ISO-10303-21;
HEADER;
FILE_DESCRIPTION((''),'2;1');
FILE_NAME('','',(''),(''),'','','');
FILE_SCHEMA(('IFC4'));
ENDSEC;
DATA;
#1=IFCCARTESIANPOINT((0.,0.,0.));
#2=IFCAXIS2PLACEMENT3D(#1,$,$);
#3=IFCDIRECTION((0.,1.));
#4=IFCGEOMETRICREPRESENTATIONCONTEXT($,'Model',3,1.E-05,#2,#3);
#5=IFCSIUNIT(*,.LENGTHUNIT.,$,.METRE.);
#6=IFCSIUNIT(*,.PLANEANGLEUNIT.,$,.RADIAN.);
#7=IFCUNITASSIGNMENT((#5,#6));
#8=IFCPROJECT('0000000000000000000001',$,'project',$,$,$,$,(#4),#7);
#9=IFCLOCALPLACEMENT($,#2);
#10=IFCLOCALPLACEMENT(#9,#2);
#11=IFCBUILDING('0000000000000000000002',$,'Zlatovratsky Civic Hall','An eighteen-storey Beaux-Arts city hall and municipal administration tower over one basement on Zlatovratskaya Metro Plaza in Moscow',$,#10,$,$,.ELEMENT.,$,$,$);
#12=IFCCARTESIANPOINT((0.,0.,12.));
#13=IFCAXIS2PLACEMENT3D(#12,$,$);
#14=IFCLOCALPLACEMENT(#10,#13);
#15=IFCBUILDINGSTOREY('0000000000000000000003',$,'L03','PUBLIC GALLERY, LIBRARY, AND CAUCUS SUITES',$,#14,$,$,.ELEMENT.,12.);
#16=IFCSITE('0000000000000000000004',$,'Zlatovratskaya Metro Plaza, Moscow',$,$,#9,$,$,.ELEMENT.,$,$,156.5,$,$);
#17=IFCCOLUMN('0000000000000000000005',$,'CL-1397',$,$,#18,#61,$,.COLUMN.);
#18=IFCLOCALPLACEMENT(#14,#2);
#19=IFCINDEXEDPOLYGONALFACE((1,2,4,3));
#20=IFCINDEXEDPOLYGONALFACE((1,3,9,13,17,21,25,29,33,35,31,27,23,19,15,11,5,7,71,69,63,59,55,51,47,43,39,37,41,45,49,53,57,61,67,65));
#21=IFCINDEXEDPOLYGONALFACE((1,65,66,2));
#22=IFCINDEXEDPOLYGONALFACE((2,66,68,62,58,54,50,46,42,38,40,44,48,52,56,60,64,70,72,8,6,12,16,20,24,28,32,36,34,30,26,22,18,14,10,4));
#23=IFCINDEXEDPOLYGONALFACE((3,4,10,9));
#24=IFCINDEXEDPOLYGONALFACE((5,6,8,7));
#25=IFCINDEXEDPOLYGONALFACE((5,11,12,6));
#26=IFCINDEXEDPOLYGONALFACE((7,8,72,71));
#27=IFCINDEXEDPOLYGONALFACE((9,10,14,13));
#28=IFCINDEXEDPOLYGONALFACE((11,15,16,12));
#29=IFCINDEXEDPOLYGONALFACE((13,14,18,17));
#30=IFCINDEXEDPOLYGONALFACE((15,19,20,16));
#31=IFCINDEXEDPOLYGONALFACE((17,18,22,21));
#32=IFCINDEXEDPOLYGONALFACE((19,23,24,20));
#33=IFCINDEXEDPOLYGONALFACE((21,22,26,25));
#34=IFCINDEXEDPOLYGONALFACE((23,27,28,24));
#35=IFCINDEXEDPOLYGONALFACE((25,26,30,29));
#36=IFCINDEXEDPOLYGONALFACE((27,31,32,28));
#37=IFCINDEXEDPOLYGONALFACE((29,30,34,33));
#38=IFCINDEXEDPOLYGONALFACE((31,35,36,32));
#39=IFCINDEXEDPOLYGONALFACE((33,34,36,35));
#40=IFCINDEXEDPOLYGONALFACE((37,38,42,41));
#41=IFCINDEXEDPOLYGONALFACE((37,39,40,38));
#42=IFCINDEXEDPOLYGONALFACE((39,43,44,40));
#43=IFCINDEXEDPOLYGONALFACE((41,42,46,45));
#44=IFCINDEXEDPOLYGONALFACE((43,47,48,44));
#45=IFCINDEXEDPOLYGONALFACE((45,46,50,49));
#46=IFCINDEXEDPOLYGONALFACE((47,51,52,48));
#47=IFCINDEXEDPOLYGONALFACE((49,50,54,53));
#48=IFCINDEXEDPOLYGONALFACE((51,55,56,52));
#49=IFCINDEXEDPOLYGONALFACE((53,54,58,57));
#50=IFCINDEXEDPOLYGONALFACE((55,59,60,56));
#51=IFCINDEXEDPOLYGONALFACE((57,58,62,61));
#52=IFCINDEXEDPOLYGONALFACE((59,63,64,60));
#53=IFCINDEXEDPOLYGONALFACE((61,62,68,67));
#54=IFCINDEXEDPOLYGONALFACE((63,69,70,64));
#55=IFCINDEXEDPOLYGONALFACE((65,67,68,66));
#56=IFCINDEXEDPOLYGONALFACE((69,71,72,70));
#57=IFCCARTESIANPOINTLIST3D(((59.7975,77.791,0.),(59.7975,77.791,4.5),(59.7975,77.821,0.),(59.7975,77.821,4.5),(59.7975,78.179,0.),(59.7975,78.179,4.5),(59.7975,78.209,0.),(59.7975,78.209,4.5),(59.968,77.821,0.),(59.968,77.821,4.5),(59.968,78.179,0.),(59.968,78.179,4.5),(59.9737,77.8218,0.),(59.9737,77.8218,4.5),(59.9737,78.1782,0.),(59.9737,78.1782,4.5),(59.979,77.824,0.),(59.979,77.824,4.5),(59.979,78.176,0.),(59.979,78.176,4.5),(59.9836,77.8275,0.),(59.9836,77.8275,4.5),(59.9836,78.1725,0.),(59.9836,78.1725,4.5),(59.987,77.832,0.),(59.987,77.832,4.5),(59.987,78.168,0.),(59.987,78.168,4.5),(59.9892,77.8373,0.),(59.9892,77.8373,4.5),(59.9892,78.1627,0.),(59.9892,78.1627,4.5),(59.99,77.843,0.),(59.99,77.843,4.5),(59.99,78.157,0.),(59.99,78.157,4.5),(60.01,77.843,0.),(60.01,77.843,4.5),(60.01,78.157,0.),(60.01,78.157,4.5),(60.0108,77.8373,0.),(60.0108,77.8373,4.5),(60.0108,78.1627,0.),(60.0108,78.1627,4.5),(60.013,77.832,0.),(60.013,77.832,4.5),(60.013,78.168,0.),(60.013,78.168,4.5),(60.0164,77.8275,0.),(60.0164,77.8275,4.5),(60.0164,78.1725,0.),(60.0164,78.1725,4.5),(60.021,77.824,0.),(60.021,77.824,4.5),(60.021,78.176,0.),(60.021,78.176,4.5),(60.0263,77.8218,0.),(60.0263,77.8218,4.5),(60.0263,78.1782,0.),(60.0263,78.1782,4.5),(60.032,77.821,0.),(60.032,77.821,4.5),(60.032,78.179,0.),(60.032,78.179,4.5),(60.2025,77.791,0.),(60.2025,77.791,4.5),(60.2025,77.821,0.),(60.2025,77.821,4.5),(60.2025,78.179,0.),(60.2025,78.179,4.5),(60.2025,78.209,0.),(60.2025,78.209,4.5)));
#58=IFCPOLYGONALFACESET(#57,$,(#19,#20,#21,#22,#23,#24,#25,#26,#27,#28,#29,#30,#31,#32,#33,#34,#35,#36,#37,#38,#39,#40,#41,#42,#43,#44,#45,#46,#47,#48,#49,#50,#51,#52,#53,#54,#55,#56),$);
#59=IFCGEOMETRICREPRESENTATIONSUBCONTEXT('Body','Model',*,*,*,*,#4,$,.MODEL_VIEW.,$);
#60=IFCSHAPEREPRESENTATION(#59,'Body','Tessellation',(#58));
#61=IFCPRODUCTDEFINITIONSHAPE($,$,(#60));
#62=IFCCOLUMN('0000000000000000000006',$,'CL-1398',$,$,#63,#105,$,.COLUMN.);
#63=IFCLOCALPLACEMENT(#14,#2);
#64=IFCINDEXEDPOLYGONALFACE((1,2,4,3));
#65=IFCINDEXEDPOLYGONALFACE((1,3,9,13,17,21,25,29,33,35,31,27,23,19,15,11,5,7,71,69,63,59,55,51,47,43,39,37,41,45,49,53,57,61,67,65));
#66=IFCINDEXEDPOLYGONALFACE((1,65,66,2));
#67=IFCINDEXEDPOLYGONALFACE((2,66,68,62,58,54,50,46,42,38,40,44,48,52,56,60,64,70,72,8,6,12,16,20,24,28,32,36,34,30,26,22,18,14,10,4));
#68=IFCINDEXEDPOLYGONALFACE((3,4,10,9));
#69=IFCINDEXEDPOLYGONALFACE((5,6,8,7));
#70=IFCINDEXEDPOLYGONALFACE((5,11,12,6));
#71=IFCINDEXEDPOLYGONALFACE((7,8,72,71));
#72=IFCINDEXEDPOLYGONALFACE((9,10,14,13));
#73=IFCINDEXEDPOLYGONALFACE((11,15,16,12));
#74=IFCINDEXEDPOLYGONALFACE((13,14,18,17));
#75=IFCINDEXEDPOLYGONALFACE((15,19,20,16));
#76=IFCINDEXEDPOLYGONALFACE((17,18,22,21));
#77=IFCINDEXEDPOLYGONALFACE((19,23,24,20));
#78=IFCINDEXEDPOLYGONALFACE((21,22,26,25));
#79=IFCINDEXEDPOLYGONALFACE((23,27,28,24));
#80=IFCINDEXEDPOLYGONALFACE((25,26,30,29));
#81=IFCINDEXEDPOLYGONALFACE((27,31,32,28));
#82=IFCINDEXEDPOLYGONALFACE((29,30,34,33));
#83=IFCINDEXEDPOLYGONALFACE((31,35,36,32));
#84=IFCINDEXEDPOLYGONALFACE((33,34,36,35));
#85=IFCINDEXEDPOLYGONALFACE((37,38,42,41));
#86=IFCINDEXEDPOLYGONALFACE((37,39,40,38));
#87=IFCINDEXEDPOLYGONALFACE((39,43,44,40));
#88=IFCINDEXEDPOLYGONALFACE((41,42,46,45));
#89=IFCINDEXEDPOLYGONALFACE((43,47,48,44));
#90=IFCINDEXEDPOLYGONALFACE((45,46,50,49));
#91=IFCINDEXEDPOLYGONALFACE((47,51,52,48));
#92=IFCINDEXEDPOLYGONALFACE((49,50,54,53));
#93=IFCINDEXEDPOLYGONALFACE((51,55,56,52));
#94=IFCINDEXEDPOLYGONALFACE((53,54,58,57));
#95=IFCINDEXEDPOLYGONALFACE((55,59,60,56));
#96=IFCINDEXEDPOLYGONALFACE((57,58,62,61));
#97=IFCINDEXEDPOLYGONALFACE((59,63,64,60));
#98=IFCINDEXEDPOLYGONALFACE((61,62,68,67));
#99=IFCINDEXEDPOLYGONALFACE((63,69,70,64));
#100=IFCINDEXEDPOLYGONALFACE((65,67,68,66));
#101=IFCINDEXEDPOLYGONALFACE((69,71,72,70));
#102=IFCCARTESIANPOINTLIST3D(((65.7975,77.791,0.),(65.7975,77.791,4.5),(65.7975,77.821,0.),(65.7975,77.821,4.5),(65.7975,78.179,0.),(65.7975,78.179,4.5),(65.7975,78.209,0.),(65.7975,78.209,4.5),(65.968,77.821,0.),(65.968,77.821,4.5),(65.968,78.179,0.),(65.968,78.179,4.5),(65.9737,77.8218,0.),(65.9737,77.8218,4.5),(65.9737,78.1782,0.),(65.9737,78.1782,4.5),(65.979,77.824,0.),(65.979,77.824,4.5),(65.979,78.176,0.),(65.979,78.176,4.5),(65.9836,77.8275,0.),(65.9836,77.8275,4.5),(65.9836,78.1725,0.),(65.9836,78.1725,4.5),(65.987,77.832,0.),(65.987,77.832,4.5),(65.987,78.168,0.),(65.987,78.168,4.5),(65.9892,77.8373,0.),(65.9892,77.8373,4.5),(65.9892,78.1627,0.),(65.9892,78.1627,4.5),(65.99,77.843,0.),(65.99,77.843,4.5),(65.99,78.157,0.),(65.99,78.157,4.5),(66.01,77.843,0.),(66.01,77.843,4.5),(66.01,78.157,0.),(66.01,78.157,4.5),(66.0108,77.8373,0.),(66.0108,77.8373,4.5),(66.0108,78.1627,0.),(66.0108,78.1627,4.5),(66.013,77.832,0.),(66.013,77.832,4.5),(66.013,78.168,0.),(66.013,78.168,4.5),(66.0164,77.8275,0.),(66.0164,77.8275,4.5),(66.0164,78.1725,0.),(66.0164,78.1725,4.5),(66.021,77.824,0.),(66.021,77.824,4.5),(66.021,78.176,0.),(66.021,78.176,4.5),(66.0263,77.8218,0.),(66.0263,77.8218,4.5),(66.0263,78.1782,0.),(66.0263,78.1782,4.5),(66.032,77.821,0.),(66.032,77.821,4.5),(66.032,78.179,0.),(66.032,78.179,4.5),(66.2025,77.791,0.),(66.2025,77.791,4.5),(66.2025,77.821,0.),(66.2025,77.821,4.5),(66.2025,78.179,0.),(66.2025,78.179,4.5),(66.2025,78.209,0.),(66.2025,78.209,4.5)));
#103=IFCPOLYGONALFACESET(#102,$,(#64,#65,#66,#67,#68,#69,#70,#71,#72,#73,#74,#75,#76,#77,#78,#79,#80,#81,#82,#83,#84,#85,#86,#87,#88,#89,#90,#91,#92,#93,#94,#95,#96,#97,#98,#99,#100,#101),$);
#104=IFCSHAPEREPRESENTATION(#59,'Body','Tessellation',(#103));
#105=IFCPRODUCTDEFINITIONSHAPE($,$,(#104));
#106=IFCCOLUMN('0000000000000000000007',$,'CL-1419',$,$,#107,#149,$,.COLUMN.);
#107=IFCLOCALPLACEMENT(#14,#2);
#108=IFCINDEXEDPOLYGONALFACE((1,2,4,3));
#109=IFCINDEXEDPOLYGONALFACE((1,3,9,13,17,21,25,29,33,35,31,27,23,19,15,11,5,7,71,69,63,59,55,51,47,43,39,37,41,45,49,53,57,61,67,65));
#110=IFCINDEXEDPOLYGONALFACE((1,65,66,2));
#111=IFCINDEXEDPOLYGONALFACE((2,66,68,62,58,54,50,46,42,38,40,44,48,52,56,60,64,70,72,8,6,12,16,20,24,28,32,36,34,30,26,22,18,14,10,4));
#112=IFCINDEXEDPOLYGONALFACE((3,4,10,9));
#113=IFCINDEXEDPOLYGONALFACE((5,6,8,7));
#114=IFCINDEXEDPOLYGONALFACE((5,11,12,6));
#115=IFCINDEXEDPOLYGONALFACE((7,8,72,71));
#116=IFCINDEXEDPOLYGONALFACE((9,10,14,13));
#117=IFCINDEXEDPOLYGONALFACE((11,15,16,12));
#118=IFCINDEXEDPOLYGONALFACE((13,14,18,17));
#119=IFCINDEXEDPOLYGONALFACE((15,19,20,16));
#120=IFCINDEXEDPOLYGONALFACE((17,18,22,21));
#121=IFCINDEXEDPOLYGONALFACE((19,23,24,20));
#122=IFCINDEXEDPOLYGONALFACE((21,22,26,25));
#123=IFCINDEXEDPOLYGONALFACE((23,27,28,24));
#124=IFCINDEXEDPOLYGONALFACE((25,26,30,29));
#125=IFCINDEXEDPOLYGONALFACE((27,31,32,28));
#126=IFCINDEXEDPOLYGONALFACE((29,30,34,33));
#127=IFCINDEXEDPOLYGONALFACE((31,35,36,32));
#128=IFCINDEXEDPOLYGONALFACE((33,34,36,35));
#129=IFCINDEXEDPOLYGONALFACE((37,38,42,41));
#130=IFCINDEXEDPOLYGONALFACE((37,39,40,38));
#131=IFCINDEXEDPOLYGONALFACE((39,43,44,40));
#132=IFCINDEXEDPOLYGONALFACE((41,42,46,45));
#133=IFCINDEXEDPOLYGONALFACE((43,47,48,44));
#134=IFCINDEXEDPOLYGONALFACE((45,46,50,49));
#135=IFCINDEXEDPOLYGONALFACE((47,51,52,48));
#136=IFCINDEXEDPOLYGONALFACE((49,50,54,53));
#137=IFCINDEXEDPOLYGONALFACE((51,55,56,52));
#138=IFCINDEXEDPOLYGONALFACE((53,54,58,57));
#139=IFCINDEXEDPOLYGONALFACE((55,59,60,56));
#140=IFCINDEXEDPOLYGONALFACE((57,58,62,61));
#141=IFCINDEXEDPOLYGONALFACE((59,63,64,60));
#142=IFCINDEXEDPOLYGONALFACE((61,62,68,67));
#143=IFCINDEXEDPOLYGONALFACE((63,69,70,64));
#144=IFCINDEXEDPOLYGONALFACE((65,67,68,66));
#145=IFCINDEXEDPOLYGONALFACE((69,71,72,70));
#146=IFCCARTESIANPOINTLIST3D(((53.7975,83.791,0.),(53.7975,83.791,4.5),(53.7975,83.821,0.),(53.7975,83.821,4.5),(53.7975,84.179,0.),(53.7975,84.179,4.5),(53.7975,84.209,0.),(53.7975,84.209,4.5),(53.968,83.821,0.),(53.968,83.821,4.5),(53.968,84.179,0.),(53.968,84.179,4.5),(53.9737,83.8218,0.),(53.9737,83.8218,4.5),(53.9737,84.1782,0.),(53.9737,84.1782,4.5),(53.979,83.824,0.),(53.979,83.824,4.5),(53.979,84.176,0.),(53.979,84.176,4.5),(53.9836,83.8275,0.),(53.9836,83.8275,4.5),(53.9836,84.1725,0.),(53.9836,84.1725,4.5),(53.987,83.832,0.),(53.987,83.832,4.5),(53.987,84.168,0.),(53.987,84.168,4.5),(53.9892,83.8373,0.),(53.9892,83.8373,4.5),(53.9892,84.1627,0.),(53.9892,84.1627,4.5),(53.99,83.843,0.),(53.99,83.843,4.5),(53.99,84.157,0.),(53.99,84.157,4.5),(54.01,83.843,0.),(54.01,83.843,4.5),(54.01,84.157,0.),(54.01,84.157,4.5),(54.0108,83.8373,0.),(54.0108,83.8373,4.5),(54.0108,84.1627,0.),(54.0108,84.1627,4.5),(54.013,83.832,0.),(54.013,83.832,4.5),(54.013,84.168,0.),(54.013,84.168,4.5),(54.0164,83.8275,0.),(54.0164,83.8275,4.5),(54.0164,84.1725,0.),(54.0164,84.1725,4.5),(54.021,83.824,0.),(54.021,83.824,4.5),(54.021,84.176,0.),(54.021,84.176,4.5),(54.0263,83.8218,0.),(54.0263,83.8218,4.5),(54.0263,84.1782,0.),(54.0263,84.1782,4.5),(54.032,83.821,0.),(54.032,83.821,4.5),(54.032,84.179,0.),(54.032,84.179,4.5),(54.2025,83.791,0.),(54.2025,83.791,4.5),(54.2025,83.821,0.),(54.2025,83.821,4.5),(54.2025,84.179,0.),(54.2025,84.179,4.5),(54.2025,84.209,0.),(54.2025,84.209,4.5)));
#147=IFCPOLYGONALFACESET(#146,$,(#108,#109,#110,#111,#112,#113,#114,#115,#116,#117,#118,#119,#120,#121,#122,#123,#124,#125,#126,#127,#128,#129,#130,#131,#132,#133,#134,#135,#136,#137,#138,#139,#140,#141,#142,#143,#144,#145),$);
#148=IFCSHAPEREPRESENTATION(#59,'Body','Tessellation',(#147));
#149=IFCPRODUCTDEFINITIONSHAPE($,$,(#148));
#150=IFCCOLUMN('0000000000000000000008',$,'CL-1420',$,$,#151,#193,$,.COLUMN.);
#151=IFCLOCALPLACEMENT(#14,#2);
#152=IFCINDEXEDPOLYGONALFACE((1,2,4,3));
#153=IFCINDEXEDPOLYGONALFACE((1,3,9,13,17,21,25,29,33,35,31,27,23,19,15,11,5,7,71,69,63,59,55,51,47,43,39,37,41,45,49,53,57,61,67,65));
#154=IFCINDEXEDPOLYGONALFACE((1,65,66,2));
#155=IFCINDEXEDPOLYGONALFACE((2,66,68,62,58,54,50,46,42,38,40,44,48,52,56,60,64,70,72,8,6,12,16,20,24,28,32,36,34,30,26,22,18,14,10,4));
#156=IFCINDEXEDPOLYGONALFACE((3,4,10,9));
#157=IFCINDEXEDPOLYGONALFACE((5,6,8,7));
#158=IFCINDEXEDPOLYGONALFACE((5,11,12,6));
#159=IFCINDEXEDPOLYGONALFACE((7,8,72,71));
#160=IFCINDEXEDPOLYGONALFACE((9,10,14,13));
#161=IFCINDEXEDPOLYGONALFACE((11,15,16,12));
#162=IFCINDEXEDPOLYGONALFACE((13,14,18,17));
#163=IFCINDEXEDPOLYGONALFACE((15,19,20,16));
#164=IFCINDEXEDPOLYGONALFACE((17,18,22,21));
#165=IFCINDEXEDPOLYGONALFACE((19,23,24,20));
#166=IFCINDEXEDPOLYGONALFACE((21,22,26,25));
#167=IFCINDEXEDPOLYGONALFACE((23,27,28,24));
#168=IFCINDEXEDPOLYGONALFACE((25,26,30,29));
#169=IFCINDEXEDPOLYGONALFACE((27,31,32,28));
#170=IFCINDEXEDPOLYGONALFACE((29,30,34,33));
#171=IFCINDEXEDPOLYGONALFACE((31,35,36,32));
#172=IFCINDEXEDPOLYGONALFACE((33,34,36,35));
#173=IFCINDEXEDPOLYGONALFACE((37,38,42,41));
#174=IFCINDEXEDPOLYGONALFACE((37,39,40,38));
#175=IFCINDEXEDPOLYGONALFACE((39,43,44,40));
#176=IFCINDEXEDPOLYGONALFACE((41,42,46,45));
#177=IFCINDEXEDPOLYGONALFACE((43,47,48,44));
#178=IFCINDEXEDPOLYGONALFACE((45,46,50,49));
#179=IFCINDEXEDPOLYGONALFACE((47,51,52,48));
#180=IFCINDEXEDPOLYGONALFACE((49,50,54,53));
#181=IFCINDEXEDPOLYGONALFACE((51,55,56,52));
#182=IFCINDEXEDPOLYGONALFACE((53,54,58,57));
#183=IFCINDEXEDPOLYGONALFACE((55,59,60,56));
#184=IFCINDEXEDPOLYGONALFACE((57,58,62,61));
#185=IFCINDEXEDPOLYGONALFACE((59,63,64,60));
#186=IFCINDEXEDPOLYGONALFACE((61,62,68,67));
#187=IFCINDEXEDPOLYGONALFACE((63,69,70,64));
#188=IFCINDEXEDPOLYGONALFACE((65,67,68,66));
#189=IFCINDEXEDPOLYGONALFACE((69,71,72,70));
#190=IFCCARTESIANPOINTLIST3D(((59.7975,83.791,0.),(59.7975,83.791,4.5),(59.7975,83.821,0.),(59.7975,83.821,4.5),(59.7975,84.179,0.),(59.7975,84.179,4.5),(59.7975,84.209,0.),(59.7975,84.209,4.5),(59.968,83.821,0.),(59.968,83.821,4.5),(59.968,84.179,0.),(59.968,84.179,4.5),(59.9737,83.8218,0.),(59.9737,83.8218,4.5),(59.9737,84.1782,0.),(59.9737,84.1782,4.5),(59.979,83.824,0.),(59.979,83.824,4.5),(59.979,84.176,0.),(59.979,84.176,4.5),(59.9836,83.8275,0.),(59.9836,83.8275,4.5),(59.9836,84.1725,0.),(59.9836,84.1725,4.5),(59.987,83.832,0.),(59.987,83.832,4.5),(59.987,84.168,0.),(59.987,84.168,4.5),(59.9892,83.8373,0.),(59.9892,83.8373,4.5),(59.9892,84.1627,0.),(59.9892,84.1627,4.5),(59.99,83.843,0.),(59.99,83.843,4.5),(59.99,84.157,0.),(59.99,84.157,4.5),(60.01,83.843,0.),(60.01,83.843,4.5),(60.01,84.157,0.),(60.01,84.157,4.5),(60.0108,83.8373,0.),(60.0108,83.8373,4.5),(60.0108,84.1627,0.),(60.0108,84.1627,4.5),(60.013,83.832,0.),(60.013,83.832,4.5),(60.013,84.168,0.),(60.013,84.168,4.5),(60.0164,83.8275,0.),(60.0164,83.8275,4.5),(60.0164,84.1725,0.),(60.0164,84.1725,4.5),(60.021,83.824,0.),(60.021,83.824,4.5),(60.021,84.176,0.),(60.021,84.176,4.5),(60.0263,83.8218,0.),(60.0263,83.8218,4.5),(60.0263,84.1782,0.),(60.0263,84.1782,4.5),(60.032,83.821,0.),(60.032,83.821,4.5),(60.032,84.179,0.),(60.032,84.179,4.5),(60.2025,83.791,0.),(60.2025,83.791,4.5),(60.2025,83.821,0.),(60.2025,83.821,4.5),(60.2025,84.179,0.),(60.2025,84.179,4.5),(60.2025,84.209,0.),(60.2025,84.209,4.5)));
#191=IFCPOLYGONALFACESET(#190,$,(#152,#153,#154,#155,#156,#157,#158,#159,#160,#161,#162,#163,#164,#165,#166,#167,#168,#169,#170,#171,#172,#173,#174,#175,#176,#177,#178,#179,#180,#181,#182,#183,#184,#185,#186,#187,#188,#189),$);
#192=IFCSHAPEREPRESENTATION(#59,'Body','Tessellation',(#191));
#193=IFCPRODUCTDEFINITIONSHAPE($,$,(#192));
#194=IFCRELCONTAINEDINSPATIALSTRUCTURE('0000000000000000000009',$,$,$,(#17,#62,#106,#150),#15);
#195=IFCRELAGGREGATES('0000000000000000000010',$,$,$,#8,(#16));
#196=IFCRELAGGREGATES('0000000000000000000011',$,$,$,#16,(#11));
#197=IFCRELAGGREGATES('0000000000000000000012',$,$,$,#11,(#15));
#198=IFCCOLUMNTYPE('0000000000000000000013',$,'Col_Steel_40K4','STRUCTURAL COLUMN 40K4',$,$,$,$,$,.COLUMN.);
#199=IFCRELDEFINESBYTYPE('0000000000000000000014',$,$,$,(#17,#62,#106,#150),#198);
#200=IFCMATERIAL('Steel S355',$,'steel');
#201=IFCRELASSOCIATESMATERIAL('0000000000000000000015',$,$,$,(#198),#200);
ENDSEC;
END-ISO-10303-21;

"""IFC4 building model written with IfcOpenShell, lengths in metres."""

from ifc_helpers import new_model, si_unit, direction, frame, origin, origin_2d, place, context, subcontext, project, spatial, i_section, extrude, material, material_profile, profile_set, type_object, element, save


model = new_model("IFC4")

# Units and contexts
model_context = context("Model", 3, precision=1e-05, world=origin(), true_north=direction((0.0, 1.0)))
body_context = subcontext(model_context, "Body", "Model", "MODEL_VIEW")
ifc_project = project(units=[si_unit("LENGTHUNIT", "METRE"), si_unit("PLANEANGLEUNIT", "RADIAN")], contexts=[model_context])

# Site, building, storey
site_placement = place(None, origin())
site = spatial("IfcSite", under=ifc_project, at=site_placement, Name="Zlatovratskaya Metro Plaza, Moscow", CompositionType="ELEMENT", RefElevation=156.5)
building_placement = place(site_placement, origin())
building = spatial("IfcBuilding", under=site, at=building_placement, Name="Zlatovratsky Civic Hall", Description="An eighteen-storey Beaux-Arts city hall and municipal administration tower over one basement on Zlatovratskaya Metro Plaza in Moscow", CompositionType="ELEMENT")
storey_placement = place(building_placement, frame((0.0, 0.0, 12.0)))
storey = spatial("IfcBuildingStorey", under=building, at=storey_placement, Name="L03", Description="PUBLIC GALLERY, LIBRARY, AND CAUCUS SUITES", CompositionType="ELEMENT", Elevation=12.0)

# Columns
ifc_material_1 = material(Name="Steel S355", Category="steel")
ifc_material_profile_1 = material_profile(ifc_material_1, i_section(OverallWidth=0.405, OverallDepth=0.418, WebThickness=0.02, FlangeThickness=0.03, FilletRadius=0.022, at=origin_2d()), Name="40K4")
ifc_profile_set_1 = profile_set([ifc_material_profile_1], Name="Steel S355")
column_type_1 = type_object("IfcColumnType", Name="Col_Steel_40K4", Description="STRUCTURAL COLUMN 40K4", PredefinedType="COLUMN", material=ifc_profile_set_1)
for number, where, z_axis, x_axis, name in (
    (1, (60.0, 78.0, 0.0), (0.0, 0.0, 1.0), (1.0, 0.0, 0.0), "CL-1397"),
    (2, (66.0, 78.0, 0.0), (0.0, 0.0, 1.0), (1.0, 0.0, 0.0), "CL-1398"),
    (3, (54.0, 84.0, 0.0), (0.0, 0.0, 1.0), (1.0, 0.0, 0.0), "CL-1419"),
    (4, (60.0, 84.0, 0.0), (0.0, 0.0, 1.0), (1.0, 0.0, 0.0), "CL-1420"),
):
    element("IfcColumn", number, at=place(storey_placement, frame(where, z_axis=z_axis, x_axis=x_axis)), inside=storey, type_object=column_type_1, Name=name, PredefinedType="COLUMN", context=body_context, shape_type="SweptSolid", body=[
        extrude(i_section(OverallWidth=0.405, OverallDepth=0.418, WebThickness=0.02, FlangeThickness=0.03, FilletRadius=0.022, at=origin_2d()), origin(), (0.0, 0.0, 1.0), 4.5),
    ])

save(model, "model.ifc")
